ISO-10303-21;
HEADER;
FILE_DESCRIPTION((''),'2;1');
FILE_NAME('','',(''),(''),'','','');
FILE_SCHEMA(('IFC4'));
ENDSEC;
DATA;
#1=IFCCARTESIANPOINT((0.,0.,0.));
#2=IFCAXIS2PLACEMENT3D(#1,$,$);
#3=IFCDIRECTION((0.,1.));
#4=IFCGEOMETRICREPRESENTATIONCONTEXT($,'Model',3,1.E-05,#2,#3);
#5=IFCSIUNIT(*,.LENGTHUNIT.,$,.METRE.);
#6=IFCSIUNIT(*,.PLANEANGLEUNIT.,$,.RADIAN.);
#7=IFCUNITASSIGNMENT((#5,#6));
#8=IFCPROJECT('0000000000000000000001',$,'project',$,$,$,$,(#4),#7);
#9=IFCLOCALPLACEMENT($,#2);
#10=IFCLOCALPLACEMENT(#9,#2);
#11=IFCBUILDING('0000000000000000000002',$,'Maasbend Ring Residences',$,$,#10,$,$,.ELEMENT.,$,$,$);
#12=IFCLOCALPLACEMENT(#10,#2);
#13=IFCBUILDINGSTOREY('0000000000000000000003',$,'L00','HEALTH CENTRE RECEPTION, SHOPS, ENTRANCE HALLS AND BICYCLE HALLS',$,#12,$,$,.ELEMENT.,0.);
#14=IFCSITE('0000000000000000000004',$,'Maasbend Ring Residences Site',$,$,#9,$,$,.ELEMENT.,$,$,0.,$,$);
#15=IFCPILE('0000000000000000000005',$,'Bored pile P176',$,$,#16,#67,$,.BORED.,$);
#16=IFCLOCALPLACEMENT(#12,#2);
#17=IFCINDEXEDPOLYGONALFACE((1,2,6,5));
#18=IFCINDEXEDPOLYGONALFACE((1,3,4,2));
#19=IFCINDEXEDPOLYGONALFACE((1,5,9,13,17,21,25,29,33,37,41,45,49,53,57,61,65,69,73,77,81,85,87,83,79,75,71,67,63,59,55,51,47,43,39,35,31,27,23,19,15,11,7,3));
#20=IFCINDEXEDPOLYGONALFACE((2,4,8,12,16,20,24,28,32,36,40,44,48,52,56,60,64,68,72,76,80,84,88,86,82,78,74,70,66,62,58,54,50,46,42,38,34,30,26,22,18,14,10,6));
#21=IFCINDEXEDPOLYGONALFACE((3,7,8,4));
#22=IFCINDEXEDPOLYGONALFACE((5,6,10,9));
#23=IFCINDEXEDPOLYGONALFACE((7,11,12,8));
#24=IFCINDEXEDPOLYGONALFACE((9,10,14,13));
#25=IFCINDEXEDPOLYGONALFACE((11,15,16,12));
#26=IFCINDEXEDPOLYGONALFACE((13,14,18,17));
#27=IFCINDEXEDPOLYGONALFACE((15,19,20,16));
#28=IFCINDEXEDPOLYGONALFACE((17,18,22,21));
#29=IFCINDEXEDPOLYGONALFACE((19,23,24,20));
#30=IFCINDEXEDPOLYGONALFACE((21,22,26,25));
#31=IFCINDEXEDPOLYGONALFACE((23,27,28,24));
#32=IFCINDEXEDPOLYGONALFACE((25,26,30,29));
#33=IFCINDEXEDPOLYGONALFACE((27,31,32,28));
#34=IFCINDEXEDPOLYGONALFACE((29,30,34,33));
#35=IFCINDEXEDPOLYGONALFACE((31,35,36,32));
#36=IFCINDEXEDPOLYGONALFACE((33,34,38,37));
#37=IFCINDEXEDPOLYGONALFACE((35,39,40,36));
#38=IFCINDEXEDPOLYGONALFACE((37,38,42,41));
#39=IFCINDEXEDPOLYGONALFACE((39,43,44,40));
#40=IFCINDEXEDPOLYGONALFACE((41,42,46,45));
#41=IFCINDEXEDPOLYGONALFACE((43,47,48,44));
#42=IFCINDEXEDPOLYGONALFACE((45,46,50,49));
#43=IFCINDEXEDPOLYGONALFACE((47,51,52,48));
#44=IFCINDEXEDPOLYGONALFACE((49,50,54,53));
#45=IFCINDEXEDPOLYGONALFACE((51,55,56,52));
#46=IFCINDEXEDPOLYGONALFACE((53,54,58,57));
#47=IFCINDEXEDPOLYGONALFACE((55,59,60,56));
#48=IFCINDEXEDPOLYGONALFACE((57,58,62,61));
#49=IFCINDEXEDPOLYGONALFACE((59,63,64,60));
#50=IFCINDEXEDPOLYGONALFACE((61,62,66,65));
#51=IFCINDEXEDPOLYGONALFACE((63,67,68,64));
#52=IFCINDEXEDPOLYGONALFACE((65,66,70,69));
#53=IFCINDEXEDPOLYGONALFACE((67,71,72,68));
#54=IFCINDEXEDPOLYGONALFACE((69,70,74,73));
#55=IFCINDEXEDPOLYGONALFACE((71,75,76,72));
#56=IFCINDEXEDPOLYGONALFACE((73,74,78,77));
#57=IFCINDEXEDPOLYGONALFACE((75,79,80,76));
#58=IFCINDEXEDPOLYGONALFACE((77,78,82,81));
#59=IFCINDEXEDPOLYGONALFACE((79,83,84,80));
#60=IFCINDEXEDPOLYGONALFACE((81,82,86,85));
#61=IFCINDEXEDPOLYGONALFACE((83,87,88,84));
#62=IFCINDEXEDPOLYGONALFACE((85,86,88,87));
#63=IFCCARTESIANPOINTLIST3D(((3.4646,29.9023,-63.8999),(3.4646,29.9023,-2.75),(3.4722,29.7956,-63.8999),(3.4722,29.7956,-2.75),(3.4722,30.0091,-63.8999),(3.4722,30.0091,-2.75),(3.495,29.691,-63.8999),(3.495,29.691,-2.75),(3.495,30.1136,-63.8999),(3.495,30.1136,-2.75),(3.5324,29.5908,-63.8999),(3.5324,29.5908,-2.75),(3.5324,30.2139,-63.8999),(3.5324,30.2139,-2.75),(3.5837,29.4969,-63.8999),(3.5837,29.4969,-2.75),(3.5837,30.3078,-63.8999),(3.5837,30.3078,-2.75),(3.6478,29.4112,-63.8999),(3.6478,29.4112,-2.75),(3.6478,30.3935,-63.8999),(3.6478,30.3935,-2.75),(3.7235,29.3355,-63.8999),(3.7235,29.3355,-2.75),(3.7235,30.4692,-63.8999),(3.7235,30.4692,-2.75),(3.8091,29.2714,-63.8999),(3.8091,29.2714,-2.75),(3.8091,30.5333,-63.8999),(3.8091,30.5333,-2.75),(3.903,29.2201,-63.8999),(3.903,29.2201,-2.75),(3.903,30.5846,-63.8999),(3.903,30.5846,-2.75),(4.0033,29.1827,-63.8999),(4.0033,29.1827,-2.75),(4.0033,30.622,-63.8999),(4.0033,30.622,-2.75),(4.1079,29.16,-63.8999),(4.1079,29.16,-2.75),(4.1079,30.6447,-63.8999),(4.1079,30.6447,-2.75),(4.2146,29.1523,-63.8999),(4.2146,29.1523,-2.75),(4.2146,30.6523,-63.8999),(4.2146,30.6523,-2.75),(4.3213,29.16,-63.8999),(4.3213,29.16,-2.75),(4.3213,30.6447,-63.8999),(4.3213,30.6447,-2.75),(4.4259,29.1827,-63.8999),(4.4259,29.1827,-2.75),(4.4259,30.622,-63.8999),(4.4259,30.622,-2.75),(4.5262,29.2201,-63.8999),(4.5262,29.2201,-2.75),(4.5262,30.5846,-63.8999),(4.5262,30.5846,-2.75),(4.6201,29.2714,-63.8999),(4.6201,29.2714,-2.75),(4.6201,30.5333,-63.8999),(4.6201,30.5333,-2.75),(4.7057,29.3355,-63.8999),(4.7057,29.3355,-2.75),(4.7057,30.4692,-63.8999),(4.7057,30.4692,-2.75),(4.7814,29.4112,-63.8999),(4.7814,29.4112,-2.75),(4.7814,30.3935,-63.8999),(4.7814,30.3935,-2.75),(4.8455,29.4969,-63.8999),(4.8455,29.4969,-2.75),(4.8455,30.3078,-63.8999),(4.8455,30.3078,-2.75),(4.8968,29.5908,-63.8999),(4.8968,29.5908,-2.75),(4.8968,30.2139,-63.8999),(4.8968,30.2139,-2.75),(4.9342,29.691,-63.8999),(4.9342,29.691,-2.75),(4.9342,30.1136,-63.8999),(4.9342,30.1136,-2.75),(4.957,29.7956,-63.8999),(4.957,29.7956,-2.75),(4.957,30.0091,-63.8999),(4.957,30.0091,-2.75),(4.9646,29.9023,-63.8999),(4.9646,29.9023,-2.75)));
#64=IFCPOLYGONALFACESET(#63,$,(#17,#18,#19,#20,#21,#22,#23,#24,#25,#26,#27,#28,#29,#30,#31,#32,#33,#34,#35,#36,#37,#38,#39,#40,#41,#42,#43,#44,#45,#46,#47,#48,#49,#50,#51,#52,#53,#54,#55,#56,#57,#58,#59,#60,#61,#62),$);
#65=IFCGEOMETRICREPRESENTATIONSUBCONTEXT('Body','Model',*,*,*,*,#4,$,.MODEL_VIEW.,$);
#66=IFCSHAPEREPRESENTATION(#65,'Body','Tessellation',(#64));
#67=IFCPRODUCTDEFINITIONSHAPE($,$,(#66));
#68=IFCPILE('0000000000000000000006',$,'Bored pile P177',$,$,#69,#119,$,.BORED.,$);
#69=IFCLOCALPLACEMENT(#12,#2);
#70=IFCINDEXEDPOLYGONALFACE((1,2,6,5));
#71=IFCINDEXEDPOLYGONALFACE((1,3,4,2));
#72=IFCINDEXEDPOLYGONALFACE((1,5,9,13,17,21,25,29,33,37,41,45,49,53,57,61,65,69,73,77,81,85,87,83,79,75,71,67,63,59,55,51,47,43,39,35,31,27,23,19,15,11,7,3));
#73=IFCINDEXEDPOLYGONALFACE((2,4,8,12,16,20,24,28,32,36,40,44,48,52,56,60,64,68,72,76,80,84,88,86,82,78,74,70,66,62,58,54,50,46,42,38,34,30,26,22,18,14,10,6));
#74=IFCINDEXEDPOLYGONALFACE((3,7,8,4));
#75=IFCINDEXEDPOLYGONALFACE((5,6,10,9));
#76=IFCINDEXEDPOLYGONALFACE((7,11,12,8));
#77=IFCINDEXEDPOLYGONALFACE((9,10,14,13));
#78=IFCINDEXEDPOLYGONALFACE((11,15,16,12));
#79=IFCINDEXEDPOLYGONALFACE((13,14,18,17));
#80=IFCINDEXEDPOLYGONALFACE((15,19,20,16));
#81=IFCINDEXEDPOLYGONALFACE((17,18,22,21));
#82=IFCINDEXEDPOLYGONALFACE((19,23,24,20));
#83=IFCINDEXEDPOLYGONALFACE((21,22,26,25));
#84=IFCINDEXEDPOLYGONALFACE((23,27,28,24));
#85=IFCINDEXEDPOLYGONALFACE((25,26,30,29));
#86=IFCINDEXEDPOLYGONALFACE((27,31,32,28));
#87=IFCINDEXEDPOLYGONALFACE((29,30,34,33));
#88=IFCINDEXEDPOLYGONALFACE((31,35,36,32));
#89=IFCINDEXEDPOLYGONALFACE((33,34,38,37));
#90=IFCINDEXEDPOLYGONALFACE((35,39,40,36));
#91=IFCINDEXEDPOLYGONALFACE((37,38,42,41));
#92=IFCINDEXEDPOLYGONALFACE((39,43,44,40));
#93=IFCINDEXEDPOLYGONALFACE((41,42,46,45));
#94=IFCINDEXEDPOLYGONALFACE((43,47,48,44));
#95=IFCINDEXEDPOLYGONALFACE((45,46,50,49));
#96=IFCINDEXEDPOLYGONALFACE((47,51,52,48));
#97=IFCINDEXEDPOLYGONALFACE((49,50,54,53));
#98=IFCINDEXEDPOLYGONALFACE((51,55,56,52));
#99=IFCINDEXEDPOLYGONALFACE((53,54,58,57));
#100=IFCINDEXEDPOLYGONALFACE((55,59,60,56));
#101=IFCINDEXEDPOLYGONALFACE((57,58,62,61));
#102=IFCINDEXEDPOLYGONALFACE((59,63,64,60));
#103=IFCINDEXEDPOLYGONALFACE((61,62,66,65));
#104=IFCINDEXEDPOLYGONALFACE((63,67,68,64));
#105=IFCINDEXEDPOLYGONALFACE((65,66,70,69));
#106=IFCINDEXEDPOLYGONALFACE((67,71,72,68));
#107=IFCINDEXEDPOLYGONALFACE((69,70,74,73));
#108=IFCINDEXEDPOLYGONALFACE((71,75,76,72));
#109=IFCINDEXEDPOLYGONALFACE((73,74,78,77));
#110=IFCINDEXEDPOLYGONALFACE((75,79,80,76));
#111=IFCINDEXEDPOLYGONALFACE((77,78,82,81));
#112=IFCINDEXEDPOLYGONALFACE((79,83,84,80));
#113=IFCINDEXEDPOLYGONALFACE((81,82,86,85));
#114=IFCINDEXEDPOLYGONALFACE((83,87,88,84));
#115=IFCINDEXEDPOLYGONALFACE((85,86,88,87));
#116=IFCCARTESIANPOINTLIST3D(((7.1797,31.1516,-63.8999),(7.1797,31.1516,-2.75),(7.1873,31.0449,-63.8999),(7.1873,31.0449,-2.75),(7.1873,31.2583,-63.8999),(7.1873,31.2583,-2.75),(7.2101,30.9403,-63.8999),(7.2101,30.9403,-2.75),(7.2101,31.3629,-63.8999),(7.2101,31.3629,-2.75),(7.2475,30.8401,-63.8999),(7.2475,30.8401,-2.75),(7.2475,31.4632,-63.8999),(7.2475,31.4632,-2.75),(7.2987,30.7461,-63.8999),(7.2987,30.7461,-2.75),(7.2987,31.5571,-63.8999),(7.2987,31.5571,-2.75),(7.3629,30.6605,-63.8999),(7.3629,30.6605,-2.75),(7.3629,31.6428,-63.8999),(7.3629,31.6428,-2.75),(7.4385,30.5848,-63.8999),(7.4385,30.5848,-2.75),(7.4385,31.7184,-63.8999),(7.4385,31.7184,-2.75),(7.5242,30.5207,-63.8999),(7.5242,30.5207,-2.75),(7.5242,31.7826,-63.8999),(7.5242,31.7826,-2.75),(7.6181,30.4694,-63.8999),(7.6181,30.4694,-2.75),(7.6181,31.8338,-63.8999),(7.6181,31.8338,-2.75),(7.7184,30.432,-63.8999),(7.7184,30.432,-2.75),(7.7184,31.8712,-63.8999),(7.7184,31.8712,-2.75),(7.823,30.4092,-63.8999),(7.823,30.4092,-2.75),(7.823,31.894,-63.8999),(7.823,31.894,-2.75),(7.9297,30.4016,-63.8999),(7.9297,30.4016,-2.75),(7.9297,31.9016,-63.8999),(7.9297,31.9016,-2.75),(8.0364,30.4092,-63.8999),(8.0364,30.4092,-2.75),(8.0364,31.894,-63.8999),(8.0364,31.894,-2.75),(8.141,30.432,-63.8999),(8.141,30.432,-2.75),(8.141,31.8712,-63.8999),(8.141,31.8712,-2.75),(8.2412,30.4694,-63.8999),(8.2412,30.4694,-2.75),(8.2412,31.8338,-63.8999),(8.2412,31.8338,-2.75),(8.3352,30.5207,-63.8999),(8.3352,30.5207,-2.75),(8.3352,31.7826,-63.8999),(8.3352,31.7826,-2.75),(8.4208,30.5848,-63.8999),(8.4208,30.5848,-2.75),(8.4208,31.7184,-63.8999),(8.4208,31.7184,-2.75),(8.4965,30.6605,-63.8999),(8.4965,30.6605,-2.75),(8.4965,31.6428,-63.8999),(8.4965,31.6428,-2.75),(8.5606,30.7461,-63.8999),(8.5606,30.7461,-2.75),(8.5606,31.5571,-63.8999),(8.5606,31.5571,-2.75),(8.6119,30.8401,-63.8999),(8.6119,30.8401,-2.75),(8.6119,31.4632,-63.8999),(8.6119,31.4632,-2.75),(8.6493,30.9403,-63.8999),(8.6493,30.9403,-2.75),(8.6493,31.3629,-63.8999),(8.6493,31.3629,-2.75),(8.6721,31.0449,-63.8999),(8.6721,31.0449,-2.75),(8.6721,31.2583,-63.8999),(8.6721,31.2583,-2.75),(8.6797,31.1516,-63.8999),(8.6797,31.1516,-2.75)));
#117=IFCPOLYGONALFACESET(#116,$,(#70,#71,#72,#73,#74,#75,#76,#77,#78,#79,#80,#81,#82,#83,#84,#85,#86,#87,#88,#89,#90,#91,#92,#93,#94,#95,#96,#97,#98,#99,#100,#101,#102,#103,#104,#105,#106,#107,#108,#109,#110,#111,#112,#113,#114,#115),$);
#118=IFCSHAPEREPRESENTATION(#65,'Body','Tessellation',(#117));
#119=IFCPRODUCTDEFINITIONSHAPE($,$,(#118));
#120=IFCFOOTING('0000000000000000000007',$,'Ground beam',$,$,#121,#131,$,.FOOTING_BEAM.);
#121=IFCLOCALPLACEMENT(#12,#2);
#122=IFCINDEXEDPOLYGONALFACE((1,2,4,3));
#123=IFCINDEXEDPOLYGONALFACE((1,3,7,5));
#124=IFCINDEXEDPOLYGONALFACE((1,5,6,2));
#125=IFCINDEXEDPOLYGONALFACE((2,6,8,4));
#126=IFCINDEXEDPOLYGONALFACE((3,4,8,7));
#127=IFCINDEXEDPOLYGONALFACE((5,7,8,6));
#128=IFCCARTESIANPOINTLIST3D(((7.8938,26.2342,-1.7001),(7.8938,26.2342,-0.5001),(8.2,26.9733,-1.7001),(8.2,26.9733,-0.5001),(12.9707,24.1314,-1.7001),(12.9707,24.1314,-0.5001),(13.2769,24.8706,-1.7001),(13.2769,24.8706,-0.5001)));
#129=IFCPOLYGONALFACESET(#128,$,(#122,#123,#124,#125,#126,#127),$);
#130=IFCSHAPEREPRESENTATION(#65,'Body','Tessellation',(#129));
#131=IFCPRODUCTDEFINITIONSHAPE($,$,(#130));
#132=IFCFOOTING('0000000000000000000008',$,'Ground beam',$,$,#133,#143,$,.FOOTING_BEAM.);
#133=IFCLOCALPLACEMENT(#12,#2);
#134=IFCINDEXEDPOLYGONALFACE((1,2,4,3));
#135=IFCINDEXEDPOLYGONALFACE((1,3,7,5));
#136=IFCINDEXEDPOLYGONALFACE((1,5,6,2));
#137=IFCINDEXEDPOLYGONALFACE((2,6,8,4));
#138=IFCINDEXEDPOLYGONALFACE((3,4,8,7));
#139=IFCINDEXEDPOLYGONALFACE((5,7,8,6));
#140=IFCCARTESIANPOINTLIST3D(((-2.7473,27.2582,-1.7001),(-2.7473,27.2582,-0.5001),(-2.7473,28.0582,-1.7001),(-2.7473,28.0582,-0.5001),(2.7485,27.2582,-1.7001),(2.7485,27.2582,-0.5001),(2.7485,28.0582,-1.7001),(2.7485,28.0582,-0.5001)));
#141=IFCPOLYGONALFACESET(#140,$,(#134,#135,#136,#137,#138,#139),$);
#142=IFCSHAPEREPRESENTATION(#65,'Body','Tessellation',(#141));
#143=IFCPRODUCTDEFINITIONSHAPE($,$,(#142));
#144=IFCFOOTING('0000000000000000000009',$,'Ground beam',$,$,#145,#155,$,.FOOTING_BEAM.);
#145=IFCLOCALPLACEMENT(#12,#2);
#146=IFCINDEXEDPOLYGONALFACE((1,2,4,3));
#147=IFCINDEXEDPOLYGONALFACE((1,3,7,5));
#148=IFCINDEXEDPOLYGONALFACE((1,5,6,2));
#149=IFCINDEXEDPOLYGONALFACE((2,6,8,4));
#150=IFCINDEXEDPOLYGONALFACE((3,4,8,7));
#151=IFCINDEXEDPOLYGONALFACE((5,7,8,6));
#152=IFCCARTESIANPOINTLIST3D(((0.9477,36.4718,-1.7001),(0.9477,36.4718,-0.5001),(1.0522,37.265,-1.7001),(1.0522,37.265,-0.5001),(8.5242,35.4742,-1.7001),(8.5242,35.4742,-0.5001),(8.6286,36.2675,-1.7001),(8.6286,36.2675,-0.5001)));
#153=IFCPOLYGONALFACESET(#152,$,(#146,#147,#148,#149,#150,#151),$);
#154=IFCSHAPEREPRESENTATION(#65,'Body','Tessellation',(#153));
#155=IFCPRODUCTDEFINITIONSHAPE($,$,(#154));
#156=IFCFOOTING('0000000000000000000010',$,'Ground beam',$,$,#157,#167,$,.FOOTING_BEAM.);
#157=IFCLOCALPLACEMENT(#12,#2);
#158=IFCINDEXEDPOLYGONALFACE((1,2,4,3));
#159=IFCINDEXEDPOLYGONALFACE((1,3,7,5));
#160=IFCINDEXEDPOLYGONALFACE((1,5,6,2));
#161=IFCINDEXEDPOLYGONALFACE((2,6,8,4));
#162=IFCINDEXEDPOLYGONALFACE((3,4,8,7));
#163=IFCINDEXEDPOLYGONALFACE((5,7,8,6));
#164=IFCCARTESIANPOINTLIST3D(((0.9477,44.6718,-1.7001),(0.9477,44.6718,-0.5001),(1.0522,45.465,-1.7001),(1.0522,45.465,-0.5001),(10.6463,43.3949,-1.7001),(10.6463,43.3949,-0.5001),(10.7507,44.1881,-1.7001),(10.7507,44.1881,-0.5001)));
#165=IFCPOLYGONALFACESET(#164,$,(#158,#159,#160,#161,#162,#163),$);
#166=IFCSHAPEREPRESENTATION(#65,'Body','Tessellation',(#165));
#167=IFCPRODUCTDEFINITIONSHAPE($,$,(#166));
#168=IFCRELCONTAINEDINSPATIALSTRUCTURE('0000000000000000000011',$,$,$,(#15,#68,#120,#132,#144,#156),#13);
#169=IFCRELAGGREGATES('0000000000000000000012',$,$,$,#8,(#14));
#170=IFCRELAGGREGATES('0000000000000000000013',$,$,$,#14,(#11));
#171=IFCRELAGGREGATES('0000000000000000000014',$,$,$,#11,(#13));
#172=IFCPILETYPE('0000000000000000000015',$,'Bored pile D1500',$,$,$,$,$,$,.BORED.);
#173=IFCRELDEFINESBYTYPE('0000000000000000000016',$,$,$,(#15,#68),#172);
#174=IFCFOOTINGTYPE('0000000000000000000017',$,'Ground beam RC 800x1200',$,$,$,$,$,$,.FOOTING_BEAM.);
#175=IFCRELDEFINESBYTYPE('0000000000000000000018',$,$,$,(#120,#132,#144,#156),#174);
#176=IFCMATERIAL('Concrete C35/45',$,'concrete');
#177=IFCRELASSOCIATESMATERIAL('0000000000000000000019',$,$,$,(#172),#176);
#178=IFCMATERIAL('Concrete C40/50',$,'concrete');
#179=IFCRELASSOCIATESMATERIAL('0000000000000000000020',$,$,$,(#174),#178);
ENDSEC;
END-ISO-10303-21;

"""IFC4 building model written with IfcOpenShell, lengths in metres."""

from ifc_helpers import new_model, si_unit, direction, frame, origin, origin_2d, place, context, subcontext, project, spatial, rectangle, circle, extrude, material, material_profile, profile_set, type_object, element, save


model = new_model("IFC4")

# Units and contexts
model_context = context("Model", 3, precision=1e-05, world=origin(), true_north=direction((0.0, 1.0)))
body_context = subcontext(model_context, "Body", "Model", "MODEL_VIEW")
ifc_project = project(units=[si_unit("LENGTHUNIT", "METRE"), si_unit("PLANEANGLEUNIT", "RADIAN")], contexts=[model_context])

# Site, building, storey
site_placement = place(None, origin())
site = spatial("IfcSite", under=ifc_project, at=site_placement, Name="Maasbend Ring Residences Site", CompositionType="ELEMENT", RefElevation=0.0)
building_placement = place(site_placement, origin())
building = spatial("IfcBuilding", under=site, at=building_placement, Name="Maasbend Ring Residences", CompositionType="ELEMENT")
storey_placement = place(building_placement, origin())
storey = spatial("IfcBuildingStorey", under=building, at=storey_placement, Name="L00", Description="HEALTH CENTRE RECEPTION, SHOPS, ENTRANCE HALLS AND BICYCLE HALLS", CompositionType="ELEMENT", Elevation=0.0)

# Piles
ifc_material_1 = material(Name="Concrete C35/45", Category="concrete")
ifc_material_profile_1 = material_profile(ifc_material_1, circle(Radius=0.75, at=origin_2d()), Name="Bored pile D1500")
ifc_profile_set_1 = profile_set([ifc_material_profile_1], Name="Concrete C35/45")
pile_type = type_object("IfcPileType", Name="Bored pile D1500", PredefinedType="BORED", material=ifc_profile_set_1)
for number, where, z_axis, x_axis, name in (
    (1, (4.2146, 29.9023, -2.75), (0.0, 0.0, -1.0), (1.0, 0.0, 0.0), "Bored pile P176"),
    (2, (7.9297, 31.1516, -2.75), (0.0, 0.0, -1.0), (1.0, 0.0, 0.0), "Bored pile P177"),
):
    element("IfcPile", number, at=place(storey_placement, frame(where, z_axis=z_axis, x_axis=x_axis)), inside=storey, type_object=pile_type, Name=name, PredefinedType="BORED", context=body_context, shape_type="SweptSolid", body=[
        extrude(circle(Radius=0.75, at=origin_2d()), origin(), (0.0, 0.0, 1.0), 61.1499),
    ])

# Footings
ifc_material_2 = material(Name="Concrete C40/50", Category="concrete")
ifc_material_profile_2 = material_profile(ifc_material_2, rectangle(XDim=0.8, YDim=1.2, at=origin_2d()), Name="Ground beam RC 800x1200")
ifc_profile_set_2 = profile_set([ifc_material_profile_2], Name="Concrete C40/50")
footing_type = type_object("IfcFootingType", Name="Ground beam RC 800x1200", PredefinedType="FOOTING_BEAM", material=ifc_profile_set_2)
footing_1_placement = place(storey_placement, frame((13.1238, 24.501, -1.1001), z_axis=(-0.923889, 0.382662, 0.0), x_axis=(-0.382662, -0.923889, 0.0)))
element("IfcFooting", 3, at=footing_1_placement, inside=storey, type_object=footing_type, Name="Ground beam", PredefinedType="FOOTING_BEAM", context=body_context, shape_type="SweptSolid", body=[
    extrude(rectangle(XDim=0.8, YDim=1.2, at=origin_2d()), origin(), (0.0, 0.0, 1.0), 5.4951),
])
footing_2_placement = place(storey_placement, frame((2.7485, 27.6582, -1.1001), z_axis=(-1.0, 0.0, 0.0), x_axis=(0.0, -1.0, 0.0)))
element("IfcFooting", 4, at=footing_2_placement, inside=storey, type_object=footing_type, Name="Ground beam", PredefinedType="FOOTING_BEAM", context=body_context, shape_type="SweptSolid", body=[
    extrude(rectangle(XDim=0.8, YDim=1.2, at=origin_2d()), origin(), (0.0, 0.0, 1.0), 5.4958),
])
footing_3_placement = place(storey_placement, frame((8.5764, 35.8708, -1.1001), z_axis=(-0.991443, 0.13054, 0.0), x_axis=(-0.13054, -0.991443, 0.0)))
element("IfcFooting", 5, at=footing_3_placement, inside=storey, type_object=footing_type, Name="Ground beam", PredefinedType="FOOTING_BEAM", context=body_context, shape_type="SweptSolid", body=[
    extrude(rectangle(XDim=0.8, YDim=1.2, at=origin_2d()), origin(), (0.0, 0.0, 1.0), 7.6418),
])
footing_4_placement = place(storey_placement, frame((10.6985, 43.7915, -1.1001), z_axis=(-0.991445, 0.130529, 0.0), x_axis=(-0.130529, -0.991445, 0.0)))
element("IfcFooting", 6, at=footing_4_placement, inside=storey, type_object=footing_type, Name="Ground beam", PredefinedType="FOOTING_BEAM", context=body_context, shape_type="SweptSolid", body=[
    extrude(rectangle(XDim=0.8, YDim=1.2, at=origin_2d()), origin(), (0.0, 0.0, 1.0), 9.7822),
])

save(model, "model.ifc")
